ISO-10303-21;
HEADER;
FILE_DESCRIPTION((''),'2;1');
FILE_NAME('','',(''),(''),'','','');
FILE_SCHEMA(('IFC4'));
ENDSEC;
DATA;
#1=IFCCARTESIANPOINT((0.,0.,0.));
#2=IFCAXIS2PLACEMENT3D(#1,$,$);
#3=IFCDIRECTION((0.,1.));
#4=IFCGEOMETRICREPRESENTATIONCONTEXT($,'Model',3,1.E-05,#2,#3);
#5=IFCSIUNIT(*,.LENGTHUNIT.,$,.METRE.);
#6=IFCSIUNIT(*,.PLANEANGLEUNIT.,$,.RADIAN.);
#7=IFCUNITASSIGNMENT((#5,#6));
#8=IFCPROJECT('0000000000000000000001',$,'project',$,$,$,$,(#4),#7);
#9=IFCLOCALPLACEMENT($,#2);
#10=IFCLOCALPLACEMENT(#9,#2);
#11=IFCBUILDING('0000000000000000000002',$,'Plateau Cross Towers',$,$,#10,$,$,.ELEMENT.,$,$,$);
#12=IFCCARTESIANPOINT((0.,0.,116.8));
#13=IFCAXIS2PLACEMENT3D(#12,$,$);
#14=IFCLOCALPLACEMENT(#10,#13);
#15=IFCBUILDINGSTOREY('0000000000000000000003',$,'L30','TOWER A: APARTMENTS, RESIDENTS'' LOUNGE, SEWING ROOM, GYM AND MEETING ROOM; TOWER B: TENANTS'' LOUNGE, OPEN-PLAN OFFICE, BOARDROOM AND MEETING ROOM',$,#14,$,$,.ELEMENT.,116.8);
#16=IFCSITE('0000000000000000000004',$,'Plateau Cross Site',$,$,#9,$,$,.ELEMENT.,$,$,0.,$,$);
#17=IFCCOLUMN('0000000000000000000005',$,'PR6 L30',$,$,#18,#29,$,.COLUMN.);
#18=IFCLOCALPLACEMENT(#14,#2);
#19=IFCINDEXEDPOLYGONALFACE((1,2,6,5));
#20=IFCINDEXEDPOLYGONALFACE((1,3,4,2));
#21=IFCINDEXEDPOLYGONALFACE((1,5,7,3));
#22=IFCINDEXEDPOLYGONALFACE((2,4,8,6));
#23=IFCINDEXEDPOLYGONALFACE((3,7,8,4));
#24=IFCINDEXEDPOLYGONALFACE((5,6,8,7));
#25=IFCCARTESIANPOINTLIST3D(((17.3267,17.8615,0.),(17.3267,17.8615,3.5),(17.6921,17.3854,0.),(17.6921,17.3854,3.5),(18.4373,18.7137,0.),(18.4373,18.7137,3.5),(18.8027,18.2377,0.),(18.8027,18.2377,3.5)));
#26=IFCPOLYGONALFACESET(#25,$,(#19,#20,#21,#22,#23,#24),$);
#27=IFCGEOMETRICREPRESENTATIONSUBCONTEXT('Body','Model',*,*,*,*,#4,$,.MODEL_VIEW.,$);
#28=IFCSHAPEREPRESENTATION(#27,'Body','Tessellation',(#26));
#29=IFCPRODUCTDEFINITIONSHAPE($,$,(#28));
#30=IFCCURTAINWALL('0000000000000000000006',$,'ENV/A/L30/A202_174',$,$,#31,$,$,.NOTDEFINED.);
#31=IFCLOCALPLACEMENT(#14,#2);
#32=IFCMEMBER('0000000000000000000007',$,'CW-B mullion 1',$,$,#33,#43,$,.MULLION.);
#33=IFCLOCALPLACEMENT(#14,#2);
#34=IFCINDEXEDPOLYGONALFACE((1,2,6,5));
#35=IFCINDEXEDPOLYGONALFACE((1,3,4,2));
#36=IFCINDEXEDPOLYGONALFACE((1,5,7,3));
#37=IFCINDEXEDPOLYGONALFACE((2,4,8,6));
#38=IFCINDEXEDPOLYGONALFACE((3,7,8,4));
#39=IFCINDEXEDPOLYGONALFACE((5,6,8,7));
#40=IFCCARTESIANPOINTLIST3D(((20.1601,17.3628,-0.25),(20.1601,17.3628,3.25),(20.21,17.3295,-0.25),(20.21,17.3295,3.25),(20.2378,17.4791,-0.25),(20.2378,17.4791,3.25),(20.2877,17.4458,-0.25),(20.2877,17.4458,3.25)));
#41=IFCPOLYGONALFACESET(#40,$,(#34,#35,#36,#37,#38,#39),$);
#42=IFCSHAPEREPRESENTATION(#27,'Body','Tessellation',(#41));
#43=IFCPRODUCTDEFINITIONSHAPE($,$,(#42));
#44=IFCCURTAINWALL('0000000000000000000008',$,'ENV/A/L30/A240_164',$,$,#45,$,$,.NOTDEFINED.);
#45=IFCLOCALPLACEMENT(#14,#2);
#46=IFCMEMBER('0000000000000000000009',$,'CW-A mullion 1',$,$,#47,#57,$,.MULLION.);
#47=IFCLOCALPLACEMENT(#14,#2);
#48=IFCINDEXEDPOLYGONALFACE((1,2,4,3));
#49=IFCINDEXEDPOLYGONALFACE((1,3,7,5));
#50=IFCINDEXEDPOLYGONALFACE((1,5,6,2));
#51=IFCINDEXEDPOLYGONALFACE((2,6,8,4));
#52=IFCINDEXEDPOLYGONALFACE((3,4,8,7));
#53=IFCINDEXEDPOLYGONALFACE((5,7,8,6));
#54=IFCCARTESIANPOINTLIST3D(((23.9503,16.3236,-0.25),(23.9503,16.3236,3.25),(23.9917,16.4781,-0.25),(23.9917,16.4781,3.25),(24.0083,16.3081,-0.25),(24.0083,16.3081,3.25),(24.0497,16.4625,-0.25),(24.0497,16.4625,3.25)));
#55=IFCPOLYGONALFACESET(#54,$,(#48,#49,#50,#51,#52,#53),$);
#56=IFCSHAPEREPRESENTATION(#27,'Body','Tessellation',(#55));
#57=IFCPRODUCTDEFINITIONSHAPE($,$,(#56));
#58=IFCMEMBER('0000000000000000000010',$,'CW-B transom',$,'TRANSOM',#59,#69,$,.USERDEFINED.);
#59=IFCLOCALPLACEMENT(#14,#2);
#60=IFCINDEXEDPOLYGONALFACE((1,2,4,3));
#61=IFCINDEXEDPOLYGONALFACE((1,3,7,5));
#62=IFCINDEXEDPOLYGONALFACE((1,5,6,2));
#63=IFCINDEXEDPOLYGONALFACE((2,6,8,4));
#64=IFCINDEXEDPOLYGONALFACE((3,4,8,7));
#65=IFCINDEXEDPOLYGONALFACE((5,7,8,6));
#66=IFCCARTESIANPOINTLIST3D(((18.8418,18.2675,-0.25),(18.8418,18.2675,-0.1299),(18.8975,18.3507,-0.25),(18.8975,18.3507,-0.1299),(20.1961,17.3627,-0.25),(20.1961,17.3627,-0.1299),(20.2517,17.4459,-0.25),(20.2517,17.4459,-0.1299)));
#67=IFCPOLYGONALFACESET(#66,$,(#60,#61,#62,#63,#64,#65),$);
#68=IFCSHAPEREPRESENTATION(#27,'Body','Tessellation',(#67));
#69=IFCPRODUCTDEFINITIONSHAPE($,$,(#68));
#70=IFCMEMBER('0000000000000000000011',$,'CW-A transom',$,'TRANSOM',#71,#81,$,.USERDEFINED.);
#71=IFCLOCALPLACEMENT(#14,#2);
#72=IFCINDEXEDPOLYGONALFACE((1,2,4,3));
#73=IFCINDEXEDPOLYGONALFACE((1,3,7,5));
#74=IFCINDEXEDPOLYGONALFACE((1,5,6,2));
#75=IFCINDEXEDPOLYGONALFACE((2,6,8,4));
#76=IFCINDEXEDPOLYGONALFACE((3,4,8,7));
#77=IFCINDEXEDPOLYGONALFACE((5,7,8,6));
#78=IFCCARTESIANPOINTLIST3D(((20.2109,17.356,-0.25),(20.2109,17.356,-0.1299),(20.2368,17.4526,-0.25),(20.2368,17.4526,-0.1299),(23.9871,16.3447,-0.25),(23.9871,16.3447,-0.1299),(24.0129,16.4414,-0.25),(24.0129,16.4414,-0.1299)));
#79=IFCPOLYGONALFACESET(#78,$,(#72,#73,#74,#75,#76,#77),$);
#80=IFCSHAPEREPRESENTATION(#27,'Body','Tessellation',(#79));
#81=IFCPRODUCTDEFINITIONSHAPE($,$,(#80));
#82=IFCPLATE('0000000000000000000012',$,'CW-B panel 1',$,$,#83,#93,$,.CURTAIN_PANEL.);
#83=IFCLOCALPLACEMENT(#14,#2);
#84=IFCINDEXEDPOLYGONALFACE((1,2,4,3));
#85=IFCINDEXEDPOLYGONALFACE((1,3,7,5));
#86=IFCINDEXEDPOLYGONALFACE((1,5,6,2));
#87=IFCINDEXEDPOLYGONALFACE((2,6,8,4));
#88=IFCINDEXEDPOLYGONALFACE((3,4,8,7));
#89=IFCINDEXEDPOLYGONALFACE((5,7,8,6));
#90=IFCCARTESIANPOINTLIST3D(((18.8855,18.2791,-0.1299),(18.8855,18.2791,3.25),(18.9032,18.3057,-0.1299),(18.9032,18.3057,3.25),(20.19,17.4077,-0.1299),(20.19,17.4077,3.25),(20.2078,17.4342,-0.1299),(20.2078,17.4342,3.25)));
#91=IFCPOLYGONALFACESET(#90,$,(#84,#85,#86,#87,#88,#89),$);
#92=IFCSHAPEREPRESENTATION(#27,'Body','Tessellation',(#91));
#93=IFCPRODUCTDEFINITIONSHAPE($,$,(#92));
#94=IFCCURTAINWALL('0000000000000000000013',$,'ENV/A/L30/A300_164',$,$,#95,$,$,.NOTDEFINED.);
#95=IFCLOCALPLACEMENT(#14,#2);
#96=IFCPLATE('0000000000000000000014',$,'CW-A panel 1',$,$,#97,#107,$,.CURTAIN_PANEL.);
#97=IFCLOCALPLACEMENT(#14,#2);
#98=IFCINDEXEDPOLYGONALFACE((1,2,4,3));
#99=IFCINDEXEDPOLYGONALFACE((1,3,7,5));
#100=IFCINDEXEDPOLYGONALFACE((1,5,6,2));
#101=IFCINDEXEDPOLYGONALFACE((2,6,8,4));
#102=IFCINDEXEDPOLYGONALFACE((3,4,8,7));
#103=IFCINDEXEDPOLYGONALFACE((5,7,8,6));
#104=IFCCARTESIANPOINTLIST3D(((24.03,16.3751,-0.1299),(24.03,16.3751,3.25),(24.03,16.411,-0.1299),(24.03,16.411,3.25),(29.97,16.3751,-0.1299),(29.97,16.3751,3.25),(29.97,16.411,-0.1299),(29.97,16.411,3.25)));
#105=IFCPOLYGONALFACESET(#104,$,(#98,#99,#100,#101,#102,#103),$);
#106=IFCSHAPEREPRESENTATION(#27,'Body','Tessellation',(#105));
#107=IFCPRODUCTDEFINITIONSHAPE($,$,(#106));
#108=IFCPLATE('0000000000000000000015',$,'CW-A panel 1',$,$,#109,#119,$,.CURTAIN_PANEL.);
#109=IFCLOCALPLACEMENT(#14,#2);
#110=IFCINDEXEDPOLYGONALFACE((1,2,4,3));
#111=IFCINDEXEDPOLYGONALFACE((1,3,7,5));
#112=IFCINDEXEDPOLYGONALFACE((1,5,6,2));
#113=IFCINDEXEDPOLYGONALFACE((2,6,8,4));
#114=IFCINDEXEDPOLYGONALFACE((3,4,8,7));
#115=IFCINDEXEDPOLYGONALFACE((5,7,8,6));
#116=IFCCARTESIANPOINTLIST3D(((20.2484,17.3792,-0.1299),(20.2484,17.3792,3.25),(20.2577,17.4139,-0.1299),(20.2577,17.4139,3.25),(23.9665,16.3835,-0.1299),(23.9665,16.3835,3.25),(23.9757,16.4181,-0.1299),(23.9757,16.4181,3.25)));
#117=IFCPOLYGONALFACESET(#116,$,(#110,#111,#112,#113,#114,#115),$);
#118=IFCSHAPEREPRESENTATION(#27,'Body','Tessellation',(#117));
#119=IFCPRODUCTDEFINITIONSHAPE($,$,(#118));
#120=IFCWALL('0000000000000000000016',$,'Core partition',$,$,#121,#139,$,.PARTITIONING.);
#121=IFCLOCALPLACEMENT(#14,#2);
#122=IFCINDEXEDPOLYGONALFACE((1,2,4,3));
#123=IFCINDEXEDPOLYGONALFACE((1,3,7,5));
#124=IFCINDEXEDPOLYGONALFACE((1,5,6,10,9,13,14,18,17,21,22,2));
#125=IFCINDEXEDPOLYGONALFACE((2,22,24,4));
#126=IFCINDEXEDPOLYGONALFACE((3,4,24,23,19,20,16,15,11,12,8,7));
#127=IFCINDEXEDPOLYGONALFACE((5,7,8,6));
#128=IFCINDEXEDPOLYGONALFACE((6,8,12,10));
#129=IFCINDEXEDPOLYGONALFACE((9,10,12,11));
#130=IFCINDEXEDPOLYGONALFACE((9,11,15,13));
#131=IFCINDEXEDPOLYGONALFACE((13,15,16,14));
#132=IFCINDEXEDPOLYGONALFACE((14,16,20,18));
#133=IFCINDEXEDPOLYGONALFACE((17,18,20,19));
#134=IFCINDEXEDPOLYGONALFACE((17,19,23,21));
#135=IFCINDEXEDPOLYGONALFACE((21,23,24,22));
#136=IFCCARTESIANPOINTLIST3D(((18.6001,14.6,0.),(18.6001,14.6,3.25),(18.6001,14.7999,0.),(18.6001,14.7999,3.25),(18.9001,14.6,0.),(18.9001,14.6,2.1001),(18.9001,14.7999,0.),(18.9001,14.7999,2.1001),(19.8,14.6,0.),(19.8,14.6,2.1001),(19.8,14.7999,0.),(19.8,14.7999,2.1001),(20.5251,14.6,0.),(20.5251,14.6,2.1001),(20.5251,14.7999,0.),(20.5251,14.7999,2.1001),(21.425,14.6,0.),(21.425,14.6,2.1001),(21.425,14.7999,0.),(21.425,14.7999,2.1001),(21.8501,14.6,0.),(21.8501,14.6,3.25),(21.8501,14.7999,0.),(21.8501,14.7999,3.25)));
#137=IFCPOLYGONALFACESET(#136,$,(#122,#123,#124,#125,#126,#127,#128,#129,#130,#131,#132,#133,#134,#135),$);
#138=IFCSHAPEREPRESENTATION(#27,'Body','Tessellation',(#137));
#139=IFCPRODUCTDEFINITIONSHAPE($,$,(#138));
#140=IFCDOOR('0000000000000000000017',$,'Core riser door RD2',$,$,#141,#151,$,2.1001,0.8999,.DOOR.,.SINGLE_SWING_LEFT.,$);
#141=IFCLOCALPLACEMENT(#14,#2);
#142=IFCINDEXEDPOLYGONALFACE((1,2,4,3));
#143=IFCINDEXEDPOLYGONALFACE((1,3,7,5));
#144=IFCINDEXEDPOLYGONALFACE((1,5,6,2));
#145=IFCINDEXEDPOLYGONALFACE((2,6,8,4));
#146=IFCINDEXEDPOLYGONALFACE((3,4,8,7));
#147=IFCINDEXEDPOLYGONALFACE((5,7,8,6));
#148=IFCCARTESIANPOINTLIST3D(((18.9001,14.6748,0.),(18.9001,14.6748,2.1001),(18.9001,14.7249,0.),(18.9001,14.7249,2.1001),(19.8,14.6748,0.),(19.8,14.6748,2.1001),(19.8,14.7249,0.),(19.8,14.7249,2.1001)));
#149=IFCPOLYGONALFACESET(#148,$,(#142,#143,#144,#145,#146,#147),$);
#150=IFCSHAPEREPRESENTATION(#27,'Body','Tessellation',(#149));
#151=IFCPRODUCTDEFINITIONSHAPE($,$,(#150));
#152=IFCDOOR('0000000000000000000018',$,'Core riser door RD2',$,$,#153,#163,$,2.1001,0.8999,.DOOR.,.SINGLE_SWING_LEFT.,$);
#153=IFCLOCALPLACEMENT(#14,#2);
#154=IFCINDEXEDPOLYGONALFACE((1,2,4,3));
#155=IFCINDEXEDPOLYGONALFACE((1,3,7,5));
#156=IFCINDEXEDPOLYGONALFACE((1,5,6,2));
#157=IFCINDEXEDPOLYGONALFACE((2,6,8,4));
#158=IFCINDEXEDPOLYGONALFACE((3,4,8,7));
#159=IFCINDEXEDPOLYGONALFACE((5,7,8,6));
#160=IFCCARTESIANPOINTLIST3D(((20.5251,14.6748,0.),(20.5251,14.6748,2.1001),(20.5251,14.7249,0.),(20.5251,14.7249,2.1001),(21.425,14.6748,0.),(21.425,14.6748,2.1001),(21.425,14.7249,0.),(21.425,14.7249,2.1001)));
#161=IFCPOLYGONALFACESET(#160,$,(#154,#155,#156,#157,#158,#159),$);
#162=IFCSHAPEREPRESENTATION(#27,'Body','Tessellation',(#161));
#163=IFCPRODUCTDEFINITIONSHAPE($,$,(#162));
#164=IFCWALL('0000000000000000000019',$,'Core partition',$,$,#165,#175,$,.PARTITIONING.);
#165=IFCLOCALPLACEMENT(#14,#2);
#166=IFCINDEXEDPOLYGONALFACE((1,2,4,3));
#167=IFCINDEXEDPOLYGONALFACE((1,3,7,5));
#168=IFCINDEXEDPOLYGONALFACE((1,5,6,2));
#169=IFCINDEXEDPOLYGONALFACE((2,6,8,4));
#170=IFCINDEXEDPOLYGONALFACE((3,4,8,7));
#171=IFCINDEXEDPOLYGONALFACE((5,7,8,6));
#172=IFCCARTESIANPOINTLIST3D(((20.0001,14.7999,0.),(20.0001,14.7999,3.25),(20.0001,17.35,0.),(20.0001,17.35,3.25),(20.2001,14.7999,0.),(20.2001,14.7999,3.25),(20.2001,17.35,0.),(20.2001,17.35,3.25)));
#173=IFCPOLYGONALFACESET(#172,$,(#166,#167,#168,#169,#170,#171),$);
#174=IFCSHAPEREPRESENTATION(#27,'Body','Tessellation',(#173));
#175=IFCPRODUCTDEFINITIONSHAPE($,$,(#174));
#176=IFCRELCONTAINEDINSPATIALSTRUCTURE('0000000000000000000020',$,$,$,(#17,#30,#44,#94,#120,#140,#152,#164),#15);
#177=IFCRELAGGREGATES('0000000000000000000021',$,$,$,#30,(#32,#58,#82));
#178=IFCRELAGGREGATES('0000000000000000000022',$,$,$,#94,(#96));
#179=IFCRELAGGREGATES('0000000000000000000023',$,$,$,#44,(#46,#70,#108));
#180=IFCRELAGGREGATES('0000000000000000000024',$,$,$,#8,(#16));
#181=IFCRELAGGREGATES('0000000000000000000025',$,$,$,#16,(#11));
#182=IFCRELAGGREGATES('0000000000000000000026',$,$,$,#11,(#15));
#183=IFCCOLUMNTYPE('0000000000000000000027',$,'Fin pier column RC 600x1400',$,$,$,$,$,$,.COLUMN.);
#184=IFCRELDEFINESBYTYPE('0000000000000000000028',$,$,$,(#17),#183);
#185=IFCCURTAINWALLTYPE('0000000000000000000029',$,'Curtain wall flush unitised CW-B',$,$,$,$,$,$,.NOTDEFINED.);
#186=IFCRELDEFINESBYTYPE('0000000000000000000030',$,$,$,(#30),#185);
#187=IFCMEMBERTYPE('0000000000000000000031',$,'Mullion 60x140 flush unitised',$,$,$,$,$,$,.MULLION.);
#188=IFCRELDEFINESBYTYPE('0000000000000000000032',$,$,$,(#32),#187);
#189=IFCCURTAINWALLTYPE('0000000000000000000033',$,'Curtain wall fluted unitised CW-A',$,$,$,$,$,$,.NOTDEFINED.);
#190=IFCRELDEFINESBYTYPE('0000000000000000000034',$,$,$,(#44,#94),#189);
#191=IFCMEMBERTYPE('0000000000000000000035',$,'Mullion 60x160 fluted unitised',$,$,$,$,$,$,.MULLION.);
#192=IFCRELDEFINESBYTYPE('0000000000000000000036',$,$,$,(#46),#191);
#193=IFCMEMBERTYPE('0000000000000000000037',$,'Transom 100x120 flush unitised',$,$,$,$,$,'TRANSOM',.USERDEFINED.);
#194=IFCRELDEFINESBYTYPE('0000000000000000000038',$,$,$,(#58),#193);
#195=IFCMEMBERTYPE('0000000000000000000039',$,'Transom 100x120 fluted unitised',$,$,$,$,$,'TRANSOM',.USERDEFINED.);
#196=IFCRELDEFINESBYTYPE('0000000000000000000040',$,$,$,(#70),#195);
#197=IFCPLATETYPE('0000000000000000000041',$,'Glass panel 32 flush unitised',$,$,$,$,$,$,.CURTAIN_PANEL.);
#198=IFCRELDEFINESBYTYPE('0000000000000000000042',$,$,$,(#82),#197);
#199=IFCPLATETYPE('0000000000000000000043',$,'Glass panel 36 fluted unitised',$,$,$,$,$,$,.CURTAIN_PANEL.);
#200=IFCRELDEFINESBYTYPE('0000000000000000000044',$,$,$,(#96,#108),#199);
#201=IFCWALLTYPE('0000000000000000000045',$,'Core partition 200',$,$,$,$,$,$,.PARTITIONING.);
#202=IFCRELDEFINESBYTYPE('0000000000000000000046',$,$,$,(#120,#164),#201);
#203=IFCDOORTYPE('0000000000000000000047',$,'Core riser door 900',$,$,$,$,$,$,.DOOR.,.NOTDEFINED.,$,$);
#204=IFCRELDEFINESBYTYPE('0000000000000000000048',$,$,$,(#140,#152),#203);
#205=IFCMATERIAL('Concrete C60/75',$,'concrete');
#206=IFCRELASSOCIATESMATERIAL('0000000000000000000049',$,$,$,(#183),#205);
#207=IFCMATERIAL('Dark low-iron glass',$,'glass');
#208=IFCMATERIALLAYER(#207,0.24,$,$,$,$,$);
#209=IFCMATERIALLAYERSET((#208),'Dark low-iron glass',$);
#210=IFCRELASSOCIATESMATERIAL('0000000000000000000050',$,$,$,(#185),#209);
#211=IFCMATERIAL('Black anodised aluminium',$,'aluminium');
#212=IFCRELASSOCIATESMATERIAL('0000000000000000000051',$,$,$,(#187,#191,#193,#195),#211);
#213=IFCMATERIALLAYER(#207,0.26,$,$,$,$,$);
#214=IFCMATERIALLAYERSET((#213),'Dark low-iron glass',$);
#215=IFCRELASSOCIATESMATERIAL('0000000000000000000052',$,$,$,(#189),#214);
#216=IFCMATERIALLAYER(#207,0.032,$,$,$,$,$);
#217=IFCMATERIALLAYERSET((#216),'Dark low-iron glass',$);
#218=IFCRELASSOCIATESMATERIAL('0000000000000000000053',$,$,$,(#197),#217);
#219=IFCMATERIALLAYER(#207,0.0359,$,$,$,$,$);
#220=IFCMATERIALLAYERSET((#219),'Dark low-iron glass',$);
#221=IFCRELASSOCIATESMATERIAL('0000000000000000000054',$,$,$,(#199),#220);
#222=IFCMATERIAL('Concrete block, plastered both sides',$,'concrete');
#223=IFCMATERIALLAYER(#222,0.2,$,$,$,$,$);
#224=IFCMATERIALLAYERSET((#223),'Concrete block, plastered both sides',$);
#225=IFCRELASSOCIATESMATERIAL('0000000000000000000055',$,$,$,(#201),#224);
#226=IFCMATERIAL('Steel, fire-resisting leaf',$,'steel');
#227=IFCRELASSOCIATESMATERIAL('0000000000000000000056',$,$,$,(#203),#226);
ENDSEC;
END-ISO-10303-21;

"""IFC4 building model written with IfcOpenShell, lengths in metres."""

from ifc_helpers import new_model, si_unit, direction, frame, frame_2d, origin, origin_2d, place, context, subcontext, project, spatial, rectangle, extrude, material, layer, layer_set, material_profile, profile_set, type_object, element, fill, aggregate, save


model = new_model("IFC4")

# Units and contexts
model_context = context("Model", 3, precision=1e-05, world=origin(), true_north=direction((0.0, 1.0)))
body_context = subcontext(model_context, "Body", "Model", "MODEL_VIEW")
ifc_project = project(units=[si_unit("LENGTHUNIT", "METRE"), si_unit("PLANEANGLEUNIT", "RADIAN")], contexts=[model_context])

# Site, building, storey
site_placement = place(None, origin())
site = spatial("IfcSite", under=ifc_project, at=site_placement, Name="Plateau Cross Site", CompositionType="ELEMENT", RefElevation=0.0)
building_placement = place(site_placement, origin())
building = spatial("IfcBuilding", under=site, at=building_placement, Name="Plateau Cross Towers", CompositionType="ELEMENT")
storey_placement = place(building_placement, frame((0.0, 0.0, 116.8)))
storey = spatial("IfcBuildingStorey", under=building, at=storey_placement, Name="L30", Description="TOWER A: APARTMENTS, RESIDENTS' LOUNGE, SEWING ROOM, GYM AND MEETING ROOM; TOWER B: TENANTS' LOUNGE, OPEN-PLAN OFFICE, BOARDROOM AND MEETING ROOM", CompositionType="ELEMENT", Elevation=116.8)

# Column
ifc_material_1 = material(Name="Concrete C60/75", Category="concrete")
ifc_material_profile_1 = material_profile(ifc_material_1, rectangle(XDim=0.6001, YDim=1.3999, at=origin_2d()), Name="RC 600x1400")
ifc_profile_set_1 = profile_set([ifc_material_profile_1], Name="Concrete C60/75")
column_type = type_object("IfcColumnType", Name="Fin pier column RC 600x1400", PredefinedType="COLUMN", material=ifc_profile_set_1)
column_placement = place(storey_placement, frame((18.0647, 18.0496, 0.0), z_axis=(0.0, 0.0, 1.0), x_axis=(-0.608811, 0.793315, 0.0)))
element("IfcColumn", 1, at=column_placement, inside=storey, type_object=column_type, Name="PR6 L30", PredefinedType="COLUMN", context=body_context, shape_type="SweptSolid", body=[
    extrude(rectangle(XDim=0.6001, YDim=1.3999, at=origin_2d()), origin(), (0.0, 0.0, 1.0), 3.5),
])

# Curtain walls, members
ifc_material_2 = material(Name="Dark low-iron glass", Category="glass")
ifc_layer_1 = layer(ifc_material_2, 0.24)
ifc_layer_set_1 = layer_set([ifc_layer_1], Name="Dark low-iron glass")
curtain_wall_type_1 = type_object("IfcCurtainWallType", Name="Curtain wall flush unitised CW-B", PredefinedType="NOTDEFINED", material=ifc_layer_set_1)
curtain_wall_1_placement = place(storey_placement, origin())
curtain_wall_1 = element("IfcCurtainWall", 2, at=curtain_wall_1_placement, inside=storey, type_object=curtain_wall_type_1, Name="ENV/A/L30/A202_174", PredefinedType="NOTDEFINED")
ifc_material_3 = material(Name="Black anodised aluminium", Category="aluminium")
ifc_material_profile_2 = material_profile(ifc_material_3, rectangle(XDim=0.0601, YDim=0.1399, at=origin_2d()), Name="MULLION 60x140")
ifc_profile_set_2 = profile_set([ifc_material_profile_2], Name="Black anodised aluminium")
member_type_1 = type_object("IfcMemberType", Name="Mullion 60x140 flush unitised", PredefinedType="MULLION", material=ifc_profile_set_2)
member_1_placement = place(storey_placement, frame((20.2239, 17.4043, -0.25), z_axis=(0.0, 0.0, 1.0), x_axis=(-0.831521, 0.555493, 0.0)))
member_1 = element("IfcMember", 3, at=member_1_placement, type_object=member_type_1, Name="CW-B mullion 1", PredefinedType="MULLION", context=body_context, shape_type="SweptSolid", body=[
    extrude(rectangle(XDim=0.0601, YDim=0.1399, at=origin_2d()), origin(), (0.0, 0.0, 1.0), 3.5),
])
ifc_layer_2 = layer(ifc_material_2, 0.26)
ifc_layer_set_2 = layer_set([ifc_layer_2], Name="Dark low-iron glass")
curtain_wall_type_2 = type_object("IfcCurtainWallType", Name="Curtain wall fluted unitised CW-A", PredefinedType="NOTDEFINED", material=ifc_layer_set_2)
curtain_wall_2_placement = place(storey_placement, origin())
curtain_wall_2 = element("IfcCurtainWall", 4, at=curtain_wall_2_placement, inside=storey, type_object=curtain_wall_type_2, Name="ENV/A/L30/A240_164", PredefinedType="NOTDEFINED")
ifc_material_profile_3 = material_profile(ifc_material_3, rectangle(XDim=0.0601, YDim=0.1599, at=origin_2d()), Name="MULLION 60x160")
ifc_profile_set_3 = profile_set([ifc_material_profile_3], Name="Black anodised aluminium")
member_type_2 = type_object("IfcMemberType", Name="Mullion 60x160 fluted unitised", PredefinedType="MULLION", material=ifc_profile_set_3)
member_2_placement = place(storey_placement, frame((24.0, 16.3931, -0.25), z_axis=(0.0, 0.0, 1.0), x_axis=(-0.965958, 0.258699, 0.0)))
member_2 = element("IfcMember", 5, at=member_2_placement, type_object=member_type_2, Name="CW-A mullion 1", PredefinedType="MULLION", context=body_context, shape_type="SweptSolid", body=[
    extrude(rectangle(XDim=0.0601, YDim=0.1599, at=origin_2d()), origin(), (0.0, 0.0, 1.0), 3.5),
])

# Members
ifc_material_profile_4 = material_profile(ifc_material_3, rectangle(XDim=0.1001, YDim=0.1201, at=origin_2d()), Name="TRANSOM 100x120")
ifc_profile_set_4 = profile_set([ifc_material_profile_4], Name="Black anodised aluminium")
member_type_3 = type_object("IfcMemberType", Name="Transom 100x120 flush unitised", ElementType="TRANSOM", PredefinedType="USERDEFINED", material=ifc_profile_set_4)
member_3_placement = place(storey_placement, frame((20.2239, 17.4043, -0.1899), z_axis=(-0.831496, 0.55553, 0.0), x_axis=(-0.55553, -0.831496, 0.0)))
member_3 = element("IfcMember", 6, at=member_3_placement, type_object=member_type_3, Name="CW-B transom", ObjectType="TRANSOM", PredefinedType="USERDEFINED", context=body_context, shape_type="SweptSolid", body=[
    extrude(rectangle(XDim=0.1001, YDim=0.1201, at=origin_2d()), origin(), (0.0, 0.0, 1.0), 1.6287),
])
ifc_material_profile_5 = material_profile(ifc_material_3, rectangle(XDim=0.1001, YDim=0.1201, at=origin_2d()), Name="TRANSOM 100x120")
ifc_profile_set_5 = profile_set([ifc_material_profile_5], Name="Black anodised aluminium")
member_type_4 = type_object("IfcMemberType", Name="Transom 100x120 fluted unitised", ElementType="TRANSOM", PredefinedType="USERDEFINED", material=ifc_profile_set_5)
member_4_placement = place(storey_placement, frame((24.0, 16.3931, -0.1899), z_axis=(-0.965963, 0.258681, 0.0), x_axis=(-0.258681, -0.965963, 0.0)))
member_4 = element("IfcMember", 7, at=member_4_placement, type_object=member_type_4, Name="CW-A transom", ObjectType="TRANSOM", PredefinedType="USERDEFINED", context=body_context, shape_type="SweptSolid", body=[
    extrude(rectangle(XDim=0.1001, YDim=0.1201, at=origin_2d()), origin(), (0.0, 0.0, 1.0), 3.9092),
])

# Plate
ifc_layer_3 = layer(ifc_material_2, 0.032)
ifc_layer_set_3 = layer_set([ifc_layer_3], Name="Dark low-iron glass")
plate_type_1 = type_object("IfcPlateType", Name="Glass panel 32 flush unitised", PredefinedType="CURTAIN_PANEL", material=ifc_layer_set_3)
plate_1_placement = place(storey_placement, frame((19.5466, 17.8567, -0.1299), z_axis=(0.0, 0.0, 1.0), x_axis=(-0.831521, 0.555493, 0.0)))
plate_1 = element("IfcPlate", 8, at=plate_1_placement, type_object=plate_type_1, Name="CW-B panel 1", PredefinedType="CURTAIN_PANEL", context=body_context, shape_type="SweptSolid", body=[
    extrude(rectangle(XDim=1.5688, YDim=0.032, at=origin_2d()), origin(), (0.0, 0.0, 1.0), 3.3799),
])
aggregate(curtain_wall_1, [member_1, member_3, plate_1])

# Curtain wall, plate
curtain_wall_3_placement = place(storey_placement, origin())
curtain_wall_3 = element("IfcCurtainWall", 9, at=curtain_wall_3_placement, inside=storey, type_object=curtain_wall_type_2, Name="ENV/A/L30/A300_164", PredefinedType="NOTDEFINED")
ifc_layer_4 = layer(ifc_material_2, 0.0359)
ifc_layer_set_4 = layer_set([ifc_layer_4], Name="Dark low-iron glass")
plate_type_2 = type_object("IfcPlateType", Name="Glass panel 36 fluted unitised", PredefinedType="CURTAIN_PANEL", material=ifc_layer_set_4)
plate_2_placement = place(storey_placement, frame((27.0, 16.3931, -0.1299), z_axis=(0.0, 0.0, 1.0), x_axis=(-1.0, 0.0, 0.0)))
plate_2 = element("IfcPlate", 10, at=plate_2_placement, type_object=plate_type_2, Name="CW-A panel 1", PredefinedType="CURTAIN_PANEL", context=body_context, shape_type="SweptSolid", body=[
    extrude(rectangle(XDim=5.9399, YDim=0.0359, at=origin_2d()), origin(), (0.0, 0.0, 1.0), 3.3799),
])
aggregate(curtain_wall_3, [plate_2])

# Plate
plate_3_placement = place(storey_placement, frame((22.1121, 16.8987, -0.1299), z_axis=(0.0, 0.0, 1.0), x_axis=(-0.965958, 0.258699, 0.0)))
plate_3 = element("IfcPlate", 11, at=plate_3_placement, type_object=plate_type_2, Name="CW-A panel 1", PredefinedType="CURTAIN_PANEL", context=body_context, shape_type="SweptSolid", body=[
    extrude(rectangle(XDim=3.8491, YDim=0.0359, at=origin_2d()), origin(), (0.0, 0.0, 1.0), 3.3799),
])
aggregate(curtain_wall_2, [member_2, member_4, plate_3])

# Wall, openings, doors
ifc_material_4 = material(Name="Concrete block, plastered both sides", Category="concrete")
ifc_layer_5 = layer(ifc_material_4, 0.2)
ifc_layer_set_5 = layer_set([ifc_layer_5], Name="Concrete block, plastered both sides")
wall_type_1 = type_object("IfcWallType", Name="Core partition 200", PredefinedType="PARTITIONING", material=ifc_layer_set_5)
wall_1_placement = place(storey_placement, frame((18.6001, 14.7, 0.0), z_axis=(0.0, 0.0, 1.0), x_axis=(1.0, 0.0, 0.0)))
wall_1 = element("IfcWall", 12, at=wall_1_placement, inside=storey, type_object=wall_type_1, Name="Core partition", PredefinedType="PARTITIONING", context=body_context, shape_type="SweptSolid", body=[
    extrude(rectangle(XDim=3.25, YDim=0.2, at=frame_2d((1.625, 0.0))), origin(), (0.0, 0.0, 1.0), 3.25),
])
opening_1_placement = place(wall_1_placement, frame((0.3, 0.0, 0.0)))
opening_1 = element("IfcOpeningElement", 13, at=opening_1_placement, cuts=wall_1, PredefinedType="OPENING", context=body_context, shape_type="SweptSolid", body=[
    extrude(rectangle(XDim=0.8999, YDim=2.1001, at=frame_2d((0.45, 1.05))), frame((0.0, 0.1099, 0.0), z_axis=(0.0, -1.0, 0.0), x_axis=(1.0, 0.0, 0.0)), (0.0, 0.0, 1.0), 0.22),
])
opening_2_placement = place(wall_1_placement, frame((1.925, 0.0, 0.0)))
opening_2 = element("IfcOpeningElement", 14, at=opening_2_placement, cuts=wall_1, PredefinedType="OPENING", context=body_context, shape_type="SweptSolid", body=[
    extrude(rectangle(XDim=0.8999, YDim=2.1001, at=frame_2d((0.45, 1.05))), frame((0.0, 0.1099, 0.0), z_axis=(0.0, -1.0, 0.0), x_axis=(1.0, 0.0, 0.0)), (0.0, 0.0, 1.0), 0.22),
])
ifc_material_5 = material(Name="Steel, fire-resisting leaf", Category="steel")
door_type_1 = type_object("IfcDoorType", Name="Core riser door 900", OperationType="NOTDEFINED", PredefinedType="DOOR", material=ifc_material_5)
door_1_placement = place(opening_1_placement, origin())
door_1 = element("IfcDoor", 15, at=door_1_placement, inside=storey, type_object=door_type_1, Name="Core riser door RD2", OperationType="SINGLE_SWING_LEFT", OverallHeight=2.1001, OverallWidth=0.8999, PredefinedType="DOOR", context=body_context, shape_type="SweptSolid", body=[
    extrude(rectangle(XDim=0.8999, YDim=2.1001, at=frame_2d((0.45, 1.05))), frame((0.0, 0.0249, 0.0), z_axis=(0.0, -1.0, 0.0), x_axis=(1.0, 0.0, 0.0)), (0.0, 0.0, 1.0), 0.05),
])
fill(opening_1, door_1)
door_2_placement = place(opening_2_placement, origin())
door_2 = element("IfcDoor", 16, at=door_2_placement, inside=storey, type_object=door_type_1, Name="Core riser door RD2", OperationType="SINGLE_SWING_LEFT", OverallHeight=2.1001, OverallWidth=0.8999, PredefinedType="DOOR", context=body_context, shape_type="SweptSolid", body=[
    extrude(rectangle(XDim=0.8999, YDim=2.1001, at=frame_2d((0.45, 1.05))), frame((0.0, 0.0249, 0.0), z_axis=(0.0, -1.0, 0.0), x_axis=(1.0, 0.0, 0.0)), (0.0, 0.0, 1.0), 0.05),
])
fill(opening_2, door_2)

# Wall
wall_2_placement = place(storey_placement, frame((20.1001, 14.8, 0.0), z_axis=(0.0, 0.0, 1.0), x_axis=(0.0, 1.0, 0.0)))
element("IfcWall", 17, at=wall_2_placement, inside=storey, type_object=wall_type_1, Name="Core partition", PredefinedType="PARTITIONING", context=body_context, shape_type="SweptSolid", body=[
    extrude(rectangle(XDim=2.55, YDim=0.2, at=frame_2d((1.2749, 0.0))), origin(), (0.0, 0.0, 1.0), 3.25),
])

save(model, "model.ifc")
